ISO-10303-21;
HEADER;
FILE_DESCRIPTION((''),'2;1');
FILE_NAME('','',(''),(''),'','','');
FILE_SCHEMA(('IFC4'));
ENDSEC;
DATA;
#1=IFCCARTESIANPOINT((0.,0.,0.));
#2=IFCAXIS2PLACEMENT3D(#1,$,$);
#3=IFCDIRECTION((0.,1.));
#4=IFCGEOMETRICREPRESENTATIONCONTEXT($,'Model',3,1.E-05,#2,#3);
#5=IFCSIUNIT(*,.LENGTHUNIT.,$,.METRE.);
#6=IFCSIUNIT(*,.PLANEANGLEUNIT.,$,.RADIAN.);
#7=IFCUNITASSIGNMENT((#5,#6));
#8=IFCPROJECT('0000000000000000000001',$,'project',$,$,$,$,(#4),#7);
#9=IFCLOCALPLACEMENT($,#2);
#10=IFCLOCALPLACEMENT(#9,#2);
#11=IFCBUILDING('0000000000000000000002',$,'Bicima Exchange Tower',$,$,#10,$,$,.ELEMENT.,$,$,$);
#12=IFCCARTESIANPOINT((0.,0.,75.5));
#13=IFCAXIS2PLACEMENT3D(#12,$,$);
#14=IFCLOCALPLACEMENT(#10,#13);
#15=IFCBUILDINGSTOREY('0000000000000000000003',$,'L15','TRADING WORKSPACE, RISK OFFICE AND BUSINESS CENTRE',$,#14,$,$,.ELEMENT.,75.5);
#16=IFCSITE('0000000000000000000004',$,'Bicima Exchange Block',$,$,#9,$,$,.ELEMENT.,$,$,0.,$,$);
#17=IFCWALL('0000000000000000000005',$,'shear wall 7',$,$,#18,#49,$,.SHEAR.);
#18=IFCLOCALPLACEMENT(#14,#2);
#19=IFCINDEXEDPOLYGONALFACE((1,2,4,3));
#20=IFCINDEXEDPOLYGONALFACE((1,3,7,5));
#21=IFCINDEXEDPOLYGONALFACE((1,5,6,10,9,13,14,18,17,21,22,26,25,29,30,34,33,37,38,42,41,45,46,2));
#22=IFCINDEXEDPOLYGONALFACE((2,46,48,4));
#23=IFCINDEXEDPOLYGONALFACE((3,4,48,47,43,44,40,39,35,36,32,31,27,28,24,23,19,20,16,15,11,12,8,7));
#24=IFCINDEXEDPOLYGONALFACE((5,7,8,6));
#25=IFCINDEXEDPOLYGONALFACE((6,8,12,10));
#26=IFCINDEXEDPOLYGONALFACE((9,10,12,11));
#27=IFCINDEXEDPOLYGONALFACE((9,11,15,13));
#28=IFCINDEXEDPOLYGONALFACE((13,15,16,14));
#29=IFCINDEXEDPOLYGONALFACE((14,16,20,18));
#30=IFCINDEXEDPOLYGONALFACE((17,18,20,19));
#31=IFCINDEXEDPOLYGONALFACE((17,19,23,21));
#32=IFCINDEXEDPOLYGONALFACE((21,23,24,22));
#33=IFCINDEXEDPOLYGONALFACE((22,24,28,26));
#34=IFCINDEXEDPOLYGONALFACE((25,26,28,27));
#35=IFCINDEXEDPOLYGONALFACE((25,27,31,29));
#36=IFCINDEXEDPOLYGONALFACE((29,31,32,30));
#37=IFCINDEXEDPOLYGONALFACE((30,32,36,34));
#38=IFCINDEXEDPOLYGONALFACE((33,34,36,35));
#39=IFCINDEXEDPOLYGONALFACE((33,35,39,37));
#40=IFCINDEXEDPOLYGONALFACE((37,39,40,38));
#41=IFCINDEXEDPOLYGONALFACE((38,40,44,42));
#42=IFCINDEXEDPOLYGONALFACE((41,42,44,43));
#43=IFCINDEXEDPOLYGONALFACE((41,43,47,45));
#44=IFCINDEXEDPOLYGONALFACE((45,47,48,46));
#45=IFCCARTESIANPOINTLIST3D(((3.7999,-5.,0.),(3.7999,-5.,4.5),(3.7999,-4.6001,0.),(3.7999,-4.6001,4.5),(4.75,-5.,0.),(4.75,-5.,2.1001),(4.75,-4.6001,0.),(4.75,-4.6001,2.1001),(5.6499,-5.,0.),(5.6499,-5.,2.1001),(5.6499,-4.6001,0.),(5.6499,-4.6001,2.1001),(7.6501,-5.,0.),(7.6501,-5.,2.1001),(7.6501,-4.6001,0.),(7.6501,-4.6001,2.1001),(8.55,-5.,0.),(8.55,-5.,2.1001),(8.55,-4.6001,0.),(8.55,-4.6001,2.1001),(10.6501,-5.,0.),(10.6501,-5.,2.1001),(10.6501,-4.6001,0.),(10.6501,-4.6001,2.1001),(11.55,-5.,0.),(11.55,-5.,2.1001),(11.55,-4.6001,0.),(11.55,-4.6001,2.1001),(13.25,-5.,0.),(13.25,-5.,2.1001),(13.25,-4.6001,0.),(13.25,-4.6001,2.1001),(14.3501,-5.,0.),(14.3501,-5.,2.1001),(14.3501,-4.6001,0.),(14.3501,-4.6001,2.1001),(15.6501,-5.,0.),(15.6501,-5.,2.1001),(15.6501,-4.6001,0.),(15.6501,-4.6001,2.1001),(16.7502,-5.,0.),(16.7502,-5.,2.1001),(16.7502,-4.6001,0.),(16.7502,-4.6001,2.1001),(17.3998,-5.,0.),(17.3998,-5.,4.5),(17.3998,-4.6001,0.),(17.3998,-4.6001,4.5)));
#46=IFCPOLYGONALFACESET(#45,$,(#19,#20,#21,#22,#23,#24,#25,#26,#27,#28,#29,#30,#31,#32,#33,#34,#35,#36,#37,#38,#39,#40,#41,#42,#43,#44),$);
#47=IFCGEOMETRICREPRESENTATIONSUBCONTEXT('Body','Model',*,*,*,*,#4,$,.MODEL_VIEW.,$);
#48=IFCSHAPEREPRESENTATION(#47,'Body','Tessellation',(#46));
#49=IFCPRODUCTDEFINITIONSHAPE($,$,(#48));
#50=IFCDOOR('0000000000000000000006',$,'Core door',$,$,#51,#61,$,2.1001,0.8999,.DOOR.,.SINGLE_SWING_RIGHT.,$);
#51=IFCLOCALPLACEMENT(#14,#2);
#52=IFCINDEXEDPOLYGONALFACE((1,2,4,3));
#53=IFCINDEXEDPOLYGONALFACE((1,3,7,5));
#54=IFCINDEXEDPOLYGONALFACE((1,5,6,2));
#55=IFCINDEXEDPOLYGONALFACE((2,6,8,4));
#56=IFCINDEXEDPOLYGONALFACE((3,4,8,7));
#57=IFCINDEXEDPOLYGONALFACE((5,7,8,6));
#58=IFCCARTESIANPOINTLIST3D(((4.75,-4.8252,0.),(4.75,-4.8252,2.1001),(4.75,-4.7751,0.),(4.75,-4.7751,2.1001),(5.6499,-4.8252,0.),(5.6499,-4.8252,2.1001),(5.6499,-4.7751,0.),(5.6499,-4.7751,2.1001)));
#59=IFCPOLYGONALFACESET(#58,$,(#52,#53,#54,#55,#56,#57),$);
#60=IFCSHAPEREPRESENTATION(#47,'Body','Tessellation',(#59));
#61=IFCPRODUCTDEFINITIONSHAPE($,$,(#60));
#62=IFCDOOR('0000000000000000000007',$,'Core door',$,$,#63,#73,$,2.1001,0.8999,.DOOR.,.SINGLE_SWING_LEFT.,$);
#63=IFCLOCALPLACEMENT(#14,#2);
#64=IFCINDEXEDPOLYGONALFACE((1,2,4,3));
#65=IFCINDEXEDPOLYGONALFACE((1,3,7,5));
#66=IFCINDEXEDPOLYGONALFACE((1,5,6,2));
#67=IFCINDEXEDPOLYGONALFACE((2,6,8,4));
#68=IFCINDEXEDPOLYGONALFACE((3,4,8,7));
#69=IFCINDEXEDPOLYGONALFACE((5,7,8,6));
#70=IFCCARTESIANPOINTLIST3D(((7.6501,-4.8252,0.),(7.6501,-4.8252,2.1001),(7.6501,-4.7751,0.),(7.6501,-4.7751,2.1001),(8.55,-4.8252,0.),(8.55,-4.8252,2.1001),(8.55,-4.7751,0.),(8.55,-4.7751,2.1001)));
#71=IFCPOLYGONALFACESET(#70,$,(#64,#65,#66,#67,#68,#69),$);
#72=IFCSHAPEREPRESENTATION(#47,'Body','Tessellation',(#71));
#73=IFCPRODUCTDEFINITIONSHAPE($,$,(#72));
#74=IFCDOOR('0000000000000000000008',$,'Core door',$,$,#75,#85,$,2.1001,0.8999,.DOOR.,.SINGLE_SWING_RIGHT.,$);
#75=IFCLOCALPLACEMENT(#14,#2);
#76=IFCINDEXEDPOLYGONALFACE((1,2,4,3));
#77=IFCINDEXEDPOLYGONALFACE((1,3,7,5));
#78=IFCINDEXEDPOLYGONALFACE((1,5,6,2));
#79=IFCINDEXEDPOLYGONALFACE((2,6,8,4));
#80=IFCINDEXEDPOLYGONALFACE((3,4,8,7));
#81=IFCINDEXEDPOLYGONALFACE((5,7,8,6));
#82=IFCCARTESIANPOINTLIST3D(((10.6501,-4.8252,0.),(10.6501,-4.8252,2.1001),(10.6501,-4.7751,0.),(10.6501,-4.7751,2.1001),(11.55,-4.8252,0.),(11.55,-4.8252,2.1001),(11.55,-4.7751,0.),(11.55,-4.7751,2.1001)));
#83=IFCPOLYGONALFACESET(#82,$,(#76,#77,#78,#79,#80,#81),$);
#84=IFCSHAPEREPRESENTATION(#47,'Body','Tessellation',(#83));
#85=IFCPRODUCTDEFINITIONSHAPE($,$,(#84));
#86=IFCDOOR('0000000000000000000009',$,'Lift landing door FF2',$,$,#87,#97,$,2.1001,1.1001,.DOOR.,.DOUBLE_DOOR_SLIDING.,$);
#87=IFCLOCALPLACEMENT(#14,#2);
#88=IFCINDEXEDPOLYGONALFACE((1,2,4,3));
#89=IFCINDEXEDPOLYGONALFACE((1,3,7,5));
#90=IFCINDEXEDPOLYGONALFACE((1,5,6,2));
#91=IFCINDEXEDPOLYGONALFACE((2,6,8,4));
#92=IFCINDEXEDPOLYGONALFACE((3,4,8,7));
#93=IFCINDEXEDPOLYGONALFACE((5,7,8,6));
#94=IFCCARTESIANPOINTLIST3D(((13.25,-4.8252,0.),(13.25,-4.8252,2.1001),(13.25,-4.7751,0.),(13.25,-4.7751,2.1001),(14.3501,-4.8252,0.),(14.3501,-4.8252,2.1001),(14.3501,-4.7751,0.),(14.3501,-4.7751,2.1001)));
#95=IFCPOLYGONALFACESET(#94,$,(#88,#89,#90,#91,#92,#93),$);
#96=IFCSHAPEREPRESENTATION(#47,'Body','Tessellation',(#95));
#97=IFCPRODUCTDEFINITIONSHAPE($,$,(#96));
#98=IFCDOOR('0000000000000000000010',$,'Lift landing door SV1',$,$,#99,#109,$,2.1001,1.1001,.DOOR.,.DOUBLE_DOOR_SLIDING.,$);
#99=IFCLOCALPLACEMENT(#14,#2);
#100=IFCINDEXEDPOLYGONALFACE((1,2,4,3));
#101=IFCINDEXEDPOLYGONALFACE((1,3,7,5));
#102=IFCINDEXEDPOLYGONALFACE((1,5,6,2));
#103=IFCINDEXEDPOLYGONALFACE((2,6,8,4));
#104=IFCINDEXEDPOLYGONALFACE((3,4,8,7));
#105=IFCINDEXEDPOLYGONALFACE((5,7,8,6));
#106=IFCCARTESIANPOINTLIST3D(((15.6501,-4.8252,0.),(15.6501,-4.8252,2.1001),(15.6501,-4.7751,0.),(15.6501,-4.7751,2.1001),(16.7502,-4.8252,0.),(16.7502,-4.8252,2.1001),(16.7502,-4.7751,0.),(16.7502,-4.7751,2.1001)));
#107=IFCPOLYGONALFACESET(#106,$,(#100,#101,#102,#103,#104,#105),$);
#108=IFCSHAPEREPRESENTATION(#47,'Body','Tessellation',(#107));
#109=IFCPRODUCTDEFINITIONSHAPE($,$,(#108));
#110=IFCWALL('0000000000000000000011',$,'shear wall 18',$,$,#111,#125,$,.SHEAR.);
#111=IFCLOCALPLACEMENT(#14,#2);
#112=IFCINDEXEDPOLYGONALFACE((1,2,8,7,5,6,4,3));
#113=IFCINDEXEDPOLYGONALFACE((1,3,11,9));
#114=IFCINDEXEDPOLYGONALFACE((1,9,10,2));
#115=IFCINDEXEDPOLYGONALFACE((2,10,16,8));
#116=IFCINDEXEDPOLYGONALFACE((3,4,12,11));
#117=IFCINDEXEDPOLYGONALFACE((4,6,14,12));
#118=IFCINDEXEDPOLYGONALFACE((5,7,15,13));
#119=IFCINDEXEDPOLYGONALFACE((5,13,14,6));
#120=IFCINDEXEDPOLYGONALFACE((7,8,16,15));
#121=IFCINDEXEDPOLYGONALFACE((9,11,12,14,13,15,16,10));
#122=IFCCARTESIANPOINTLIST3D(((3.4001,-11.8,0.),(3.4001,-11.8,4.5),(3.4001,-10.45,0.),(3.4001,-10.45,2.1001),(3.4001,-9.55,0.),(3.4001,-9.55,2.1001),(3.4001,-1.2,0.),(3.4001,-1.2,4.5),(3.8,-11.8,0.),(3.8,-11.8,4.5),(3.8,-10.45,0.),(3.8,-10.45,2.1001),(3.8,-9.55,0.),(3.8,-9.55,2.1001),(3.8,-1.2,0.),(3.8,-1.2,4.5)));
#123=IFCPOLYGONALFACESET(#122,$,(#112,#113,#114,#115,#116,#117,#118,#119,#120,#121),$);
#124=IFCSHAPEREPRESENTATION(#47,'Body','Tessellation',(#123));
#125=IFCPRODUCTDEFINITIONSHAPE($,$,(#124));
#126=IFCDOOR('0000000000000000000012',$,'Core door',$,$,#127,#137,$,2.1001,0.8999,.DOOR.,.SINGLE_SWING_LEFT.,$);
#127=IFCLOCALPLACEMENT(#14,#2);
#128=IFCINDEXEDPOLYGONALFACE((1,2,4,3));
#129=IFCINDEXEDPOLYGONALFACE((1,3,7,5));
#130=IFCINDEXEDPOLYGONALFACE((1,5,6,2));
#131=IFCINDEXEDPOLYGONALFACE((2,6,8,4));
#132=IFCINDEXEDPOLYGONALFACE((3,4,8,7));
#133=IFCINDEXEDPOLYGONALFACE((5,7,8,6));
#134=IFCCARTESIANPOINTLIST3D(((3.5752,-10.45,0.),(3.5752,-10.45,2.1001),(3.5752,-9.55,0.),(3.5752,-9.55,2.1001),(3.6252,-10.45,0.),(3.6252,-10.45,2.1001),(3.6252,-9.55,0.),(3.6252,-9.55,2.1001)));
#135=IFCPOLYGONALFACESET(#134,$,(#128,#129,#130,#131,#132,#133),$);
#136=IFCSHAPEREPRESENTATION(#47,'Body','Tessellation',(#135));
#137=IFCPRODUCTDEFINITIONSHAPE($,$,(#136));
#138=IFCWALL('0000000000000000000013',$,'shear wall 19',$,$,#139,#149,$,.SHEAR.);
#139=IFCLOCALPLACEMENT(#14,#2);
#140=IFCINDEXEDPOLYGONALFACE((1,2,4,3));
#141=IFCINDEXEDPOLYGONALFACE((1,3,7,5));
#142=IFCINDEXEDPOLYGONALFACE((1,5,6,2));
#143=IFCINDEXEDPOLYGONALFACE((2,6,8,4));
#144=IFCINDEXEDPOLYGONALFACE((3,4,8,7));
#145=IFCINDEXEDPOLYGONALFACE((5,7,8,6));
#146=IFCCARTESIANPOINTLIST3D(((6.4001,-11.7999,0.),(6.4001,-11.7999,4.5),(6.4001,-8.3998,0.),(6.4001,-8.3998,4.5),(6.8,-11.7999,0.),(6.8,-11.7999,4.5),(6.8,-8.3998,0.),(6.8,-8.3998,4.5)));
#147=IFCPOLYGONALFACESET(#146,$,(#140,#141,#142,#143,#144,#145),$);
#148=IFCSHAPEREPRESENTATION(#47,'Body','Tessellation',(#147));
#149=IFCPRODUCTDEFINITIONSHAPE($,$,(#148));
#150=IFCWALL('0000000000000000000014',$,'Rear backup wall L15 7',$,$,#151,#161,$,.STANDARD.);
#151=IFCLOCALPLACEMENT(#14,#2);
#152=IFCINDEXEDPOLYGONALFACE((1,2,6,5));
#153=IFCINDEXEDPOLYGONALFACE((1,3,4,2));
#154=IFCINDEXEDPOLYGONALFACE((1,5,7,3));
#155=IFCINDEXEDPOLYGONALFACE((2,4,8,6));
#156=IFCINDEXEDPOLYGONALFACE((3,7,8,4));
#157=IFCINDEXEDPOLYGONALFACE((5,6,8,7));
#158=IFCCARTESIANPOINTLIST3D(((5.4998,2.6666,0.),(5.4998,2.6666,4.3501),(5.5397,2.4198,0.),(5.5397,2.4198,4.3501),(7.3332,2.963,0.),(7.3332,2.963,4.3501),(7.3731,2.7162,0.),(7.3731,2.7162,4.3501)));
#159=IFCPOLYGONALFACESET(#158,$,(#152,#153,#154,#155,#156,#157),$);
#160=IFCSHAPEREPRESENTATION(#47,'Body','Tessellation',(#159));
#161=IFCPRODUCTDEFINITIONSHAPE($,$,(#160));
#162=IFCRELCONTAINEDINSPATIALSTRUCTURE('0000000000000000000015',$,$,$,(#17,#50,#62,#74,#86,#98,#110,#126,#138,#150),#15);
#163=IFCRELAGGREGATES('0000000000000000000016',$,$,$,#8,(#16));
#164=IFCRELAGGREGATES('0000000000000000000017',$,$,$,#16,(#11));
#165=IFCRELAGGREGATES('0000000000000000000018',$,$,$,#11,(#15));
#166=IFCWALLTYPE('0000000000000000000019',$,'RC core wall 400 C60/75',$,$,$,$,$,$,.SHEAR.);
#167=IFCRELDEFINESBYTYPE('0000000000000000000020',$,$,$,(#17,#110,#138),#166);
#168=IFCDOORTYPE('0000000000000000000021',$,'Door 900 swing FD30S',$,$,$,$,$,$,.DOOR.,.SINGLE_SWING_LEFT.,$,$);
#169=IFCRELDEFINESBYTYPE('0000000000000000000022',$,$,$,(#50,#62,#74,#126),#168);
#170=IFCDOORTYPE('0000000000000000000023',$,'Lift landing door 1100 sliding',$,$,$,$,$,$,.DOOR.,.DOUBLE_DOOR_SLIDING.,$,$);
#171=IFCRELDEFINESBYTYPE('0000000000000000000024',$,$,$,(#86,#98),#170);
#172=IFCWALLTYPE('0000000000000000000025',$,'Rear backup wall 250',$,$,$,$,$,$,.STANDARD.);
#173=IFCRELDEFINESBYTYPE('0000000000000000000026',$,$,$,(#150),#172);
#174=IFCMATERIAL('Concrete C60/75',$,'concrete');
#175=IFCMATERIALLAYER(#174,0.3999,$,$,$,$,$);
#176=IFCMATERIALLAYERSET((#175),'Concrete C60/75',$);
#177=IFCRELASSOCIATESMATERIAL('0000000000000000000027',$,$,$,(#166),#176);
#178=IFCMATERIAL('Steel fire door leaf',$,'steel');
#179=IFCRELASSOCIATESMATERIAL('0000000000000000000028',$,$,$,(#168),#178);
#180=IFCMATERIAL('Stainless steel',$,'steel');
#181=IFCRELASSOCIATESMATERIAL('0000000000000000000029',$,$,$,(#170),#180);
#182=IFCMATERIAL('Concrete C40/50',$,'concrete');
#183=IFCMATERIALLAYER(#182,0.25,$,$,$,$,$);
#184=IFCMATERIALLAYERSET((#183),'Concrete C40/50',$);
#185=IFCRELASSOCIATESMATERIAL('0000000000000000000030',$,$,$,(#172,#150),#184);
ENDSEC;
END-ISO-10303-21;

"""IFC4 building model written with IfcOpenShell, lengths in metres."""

from ifc_helpers import new_model, si_unit, direction, frame, frame_2d, origin, place, context, subcontext, project, spatial, rectangle, extrude, material, layer, layer_set, layer_usage, type_object, element, fill, save


model = new_model("IFC4")

# Units and contexts
model_context = context("Model", 3, precision=1e-05, world=origin(), true_north=direction((0.0, 1.0)))
body_context = subcontext(model_context, "Body", "Model", "MODEL_VIEW")
ifc_project = project(units=[si_unit("LENGTHUNIT", "METRE"), si_unit("PLANEANGLEUNIT", "RADIAN")], contexts=[model_context])

# Site, building, storey
site_placement = place(None, origin())
site = spatial("IfcSite", under=ifc_project, at=site_placement, Name="Bicima Exchange Block", CompositionType="ELEMENT", RefElevation=0.0)
building_placement = place(site_placement, origin())
building = spatial("IfcBuilding", under=site, at=building_placement, Name="Bicima Exchange Tower", CompositionType="ELEMENT")
storey_placement = place(building_placement, frame((0.0, 0.0, 75.5)))
storey = spatial("IfcBuildingStorey", under=building, at=storey_placement, Name="L15", Description="TRADING WORKSPACE, RISK OFFICE AND BUSINESS CENTRE", CompositionType="ELEMENT", Elevation=75.5)

# Shared definitions
ifc_material_1 = material(Name="Concrete C60/75", Category="concrete")
ifc_layer_1 = layer(ifc_material_1, 0.3999)
ifc_layer_set_1 = layer_set([ifc_layer_1], Name="Concrete C60/75")
wall_type_1 = type_object("IfcWallType", Name="RC core wall 400 C60/75", PredefinedType="SHEAR", material=ifc_layer_set_1)
ifc_material_2 = material(Name="Steel fire door leaf", Category="steel")
door_type_1 = type_object("IfcDoorType", Name="Door 900 swing FD30S", OperationType="SINGLE_SWING_LEFT", PredefinedType="DOOR", material=ifc_material_2)

# Wall, openings, doors
wall_1_placement = place(storey_placement, frame((3.8, -4.8, 0.0), z_axis=(0.0, 0.0, 1.0), x_axis=(1.0, 0.0, 0.0)))
wall_1 = element("IfcWall", 1, at=wall_1_placement, inside=storey, type_object=wall_type_1, Name="shear wall 7", PredefinedType="SHEAR", context=body_context, shape_type="SweptSolid", body=[
    extrude(rectangle(XDim=13.5999, YDim=0.3999, at=frame_2d((6.7998, 0.0))), origin(), (0.0, 0.0, 1.0), 4.5),
])
opening_1_placement = place(wall_1_placement, frame((9.45, 0.0, 0.0)))
opening_1 = element("IfcOpeningElement", 2, at=opening_1_placement, cuts=wall_1, PredefinedType="OPENING", context=body_context, shape_type="SweptSolid", body=[
    extrude(rectangle(XDim=1.1001, YDim=2.1001, at=frame_2d((0.55, 1.05))), frame((0.0, 0.2119, 0.0), z_axis=(0.0, -1.0, 0.0), x_axis=(1.0, 0.0, 0.0)), (0.0, 0.0, 1.0), 0.4238),
])
opening_2_placement = place(wall_1_placement, frame((11.8501, 0.0, 0.0)))
opening_2 = element("IfcOpeningElement", 3, at=opening_2_placement, cuts=wall_1, PredefinedType="OPENING", context=body_context, shape_type="SweptSolid", body=[
    extrude(rectangle(XDim=1.1001, YDim=2.1001, at=frame_2d((0.55, 1.05))), frame((0.0, 0.2119, 0.0), z_axis=(0.0, -1.0, 0.0), x_axis=(1.0, 0.0, 0.0)), (0.0, 0.0, 1.0), 0.4238),
])
opening_3_placement = place(wall_1_placement, frame((0.95, 0.0, 0.0)))
opening_3 = element("IfcOpeningElement", 4, at=opening_3_placement, cuts=wall_1, PredefinedType="OPENING", context=body_context, shape_type="SweptSolid", body=[
    extrude(rectangle(XDim=0.8999, YDim=2.1001, at=frame_2d((0.45, 1.05))), frame((0.0, 0.2119, 0.0), z_axis=(0.0, -1.0, 0.0), x_axis=(1.0, 0.0, 0.0)), (0.0, 0.0, 1.0), 0.4238),
])
opening_4_placement = place(wall_1_placement, frame((3.8501, 0.0, 0.0)))
opening_4 = element("IfcOpeningElement", 5, at=opening_4_placement, cuts=wall_1, PredefinedType="OPENING", context=body_context, shape_type="SweptSolid", body=[
    extrude(rectangle(XDim=0.8999, YDim=2.1001, at=frame_2d((0.45, 1.05))), frame((0.0, 0.2119, 0.0), z_axis=(0.0, -1.0, 0.0), x_axis=(1.0, 0.0, 0.0)), (0.0, 0.0, 1.0), 0.4238),
])
opening_5_placement = place(wall_1_placement, frame((6.8501, 0.0, 0.0)))
opening_5 = element("IfcOpeningElement", 6, at=opening_5_placement, cuts=wall_1, PredefinedType="OPENING", context=body_context, shape_type="SweptSolid", body=[
    extrude(rectangle(XDim=0.8999, YDim=2.1001, at=frame_2d((0.45, 1.05))), frame((0.0, 0.2119, 0.0), z_axis=(0.0, -1.0, 0.0), x_axis=(1.0, 0.0, 0.0)), (0.0, 0.0, 1.0), 0.4238),
])
door_1_placement = place(opening_3_placement, origin())
door_1 = element("IfcDoor", 7, at=door_1_placement, inside=storey, type_object=door_type_1, Name="Core door", OperationType="SINGLE_SWING_RIGHT", OverallHeight=2.1001, OverallWidth=0.8999, PredefinedType="DOOR", context=body_context, shape_type="SweptSolid", body=[
    extrude(rectangle(XDim=0.8999, YDim=2.1001, at=frame_2d((0.45, 1.05))), frame((0.0, 0.0249, 0.0), z_axis=(0.0, -1.0, 0.0), x_axis=(1.0, 0.0, 0.0)), (0.0, 0.0, 1.0), 0.05),
])
fill(opening_3, door_1)
door_2_placement = place(opening_4_placement, origin())
door_2 = element("IfcDoor", 8, at=door_2_placement, inside=storey, type_object=door_type_1, Name="Core door", OperationType="SINGLE_SWING_LEFT", OverallHeight=2.1001, OverallWidth=0.8999, PredefinedType="DOOR", context=body_context, shape_type="SweptSolid", body=[
    extrude(rectangle(XDim=0.8999, YDim=2.1001, at=frame_2d((0.45, 1.05))), frame((0.0, 0.0249, 0.0), z_axis=(0.0, -1.0, 0.0), x_axis=(1.0, 0.0, 0.0)), (0.0, 0.0, 1.0), 0.05),
])
fill(opening_4, door_2)
door_3_placement = place(opening_5_placement, origin())
door_3 = element("IfcDoor", 9, at=door_3_placement, inside=storey, type_object=door_type_1, Name="Core door", OperationType="SINGLE_SWING_RIGHT", OverallHeight=2.1001, OverallWidth=0.8999, PredefinedType="DOOR", context=body_context, shape_type="SweptSolid", body=[
    extrude(rectangle(XDim=0.8999, YDim=2.1001, at=frame_2d((0.45, 1.05))), frame((0.0, 0.0249, 0.0), z_axis=(0.0, -1.0, 0.0), x_axis=(1.0, 0.0, 0.0)), (0.0, 0.0, 1.0), 0.05),
])
fill(opening_5, door_3)
ifc_material_3 = material(Name="Stainless steel", Category="steel")
door_type_2 = type_object("IfcDoorType", Name="Lift landing door 1100 sliding", OperationType="DOUBLE_DOOR_SLIDING", PredefinedType="DOOR", material=ifc_material_3)
door_4_placement = place(opening_1_placement, origin())
door_4 = element("IfcDoor", 10, at=door_4_placement, inside=storey, type_object=door_type_2, Name="Lift landing door FF2", OperationType="DOUBLE_DOOR_SLIDING", OverallHeight=2.1001, OverallWidth=1.1001, PredefinedType="DOOR", context=body_context, shape_type="SweptSolid", body=[
    extrude(rectangle(XDim=1.1001, YDim=2.1001, at=frame_2d((0.55, 1.05))), frame((0.0, 0.0249, 0.0), z_axis=(0.0, -1.0, 0.0), x_axis=(1.0, 0.0, 0.0)), (0.0, 0.0, 1.0), 0.05),
])
fill(opening_1, door_4)
door_5_placement = place(opening_2_placement, origin())
door_5 = element("IfcDoor", 11, at=door_5_placement, inside=storey, type_object=door_type_2, Name="Lift landing door SV1", OperationType="DOUBLE_DOOR_SLIDING", OverallHeight=2.1001, OverallWidth=1.1001, PredefinedType="DOOR", context=body_context, shape_type="SweptSolid", body=[
    extrude(rectangle(XDim=1.1001, YDim=2.1001, at=frame_2d((0.55, 1.05))), frame((0.0, 0.0249, 0.0), z_axis=(0.0, -1.0, 0.0), x_axis=(1.0, 0.0, 0.0)), (0.0, 0.0, 1.0), 0.05),
])
fill(opening_2, door_5)

# Wall, opening, door
wall_2_placement = place(storey_placement, frame((3.6001, -11.8, 0.0), z_axis=(0.0, 0.0, 1.0), x_axis=(0.0, 1.0, 0.0)))
wall_2 = element("IfcWall", 12, at=wall_2_placement, inside=storey, type_object=wall_type_1, Name="shear wall 18", PredefinedType="SHEAR", context=body_context, shape_type="SweptSolid", body=[
    extrude(rectangle(XDim=10.6001, YDim=0.3999, at=frame_2d((5.3, 0.0))), origin(), (0.0, 0.0, 1.0), 4.5),
])
opening_6_placement = place(wall_2_placement, frame((1.3501, 0.0, 0.0)))
opening_6 = element("IfcOpeningElement", 13, at=opening_6_placement, cuts=wall_2, PredefinedType="OPENING", context=body_context, shape_type="SweptSolid", body=[
    extrude(rectangle(XDim=0.8999, YDim=2.1001, at=frame_2d((0.45, 1.05))), frame((0.0, 0.2119, 0.0), z_axis=(0.0, -1.0, 0.0), x_axis=(1.0, 0.0, 0.0)), (0.0, 0.0, 1.0), 0.4238),
])
door_6_placement = place(opening_6_placement, origin())
door_6 = element("IfcDoor", 14, at=door_6_placement, inside=storey, type_object=door_type_1, Name="Core door", OperationType="SINGLE_SWING_LEFT", OverallHeight=2.1001, OverallWidth=0.8999, PredefinedType="DOOR", context=body_context, shape_type="SweptSolid", body=[
    extrude(rectangle(XDim=0.8999, YDim=2.1001, at=frame_2d((0.45, 1.05))), frame((0.0, 0.0249, 0.0), z_axis=(0.0, -1.0, 0.0), x_axis=(1.0, 0.0, 0.0)), (0.0, 0.0, 1.0), 0.05),
])
fill(opening_6, door_6)

# Walls
wall_3_placement = place(storey_placement, frame((6.6001, -11.8, 0.0), z_axis=(0.0, 0.0, 1.0), x_axis=(0.0, 1.0, 0.0)))
element("IfcWall", 15, at=wall_3_placement, inside=storey, type_object=wall_type_1, Name="shear wall 19", PredefinedType="SHEAR", context=body_context, shape_type="SweptSolid", body=[
    extrude(rectangle(XDim=3.4001, YDim=0.3999, at=frame_2d((1.7002, 0.0))), origin(), (0.0, 0.0, 1.0), 4.5),
])
ifc_material_4 = material(Name="Concrete C40/50", Category="concrete")
ifc_layer_2 = layer(ifc_material_4, 0.25)
ifc_layer_set_2 = layer_set([ifc_layer_2], Name="Concrete C40/50")
ifc_layer_usage = layer_usage(ifc_layer_set_2, "AXIS2", "POSITIVE", -0.125)
wall_type_2 = type_object("IfcWallType", Name="Rear backup wall 250", PredefinedType="STANDARD", material=ifc_layer_set_2)
wall_4_placement = place(storey_placement, frame((7.3533, 2.8396, 0.0), z_axis=(0.0, 0.0, 1.0), x_axis=(-0.987182, -0.1596, 0.0)))
element("IfcWall", 16, at=wall_4_placement, inside=storey, type_object=wall_type_2, material=ifc_layer_usage, Name="Rear backup wall L15 7", PredefinedType="STANDARD", context=body_context, shape_type="SweptSolid", body=[
    extrude(rectangle(XDim=1.8572, YDim=0.25, at=frame_2d((0.9287, 0.0))), origin(), (0.0, 0.0, 1.0), 4.3501),
])

save(model, "model.ifc")
